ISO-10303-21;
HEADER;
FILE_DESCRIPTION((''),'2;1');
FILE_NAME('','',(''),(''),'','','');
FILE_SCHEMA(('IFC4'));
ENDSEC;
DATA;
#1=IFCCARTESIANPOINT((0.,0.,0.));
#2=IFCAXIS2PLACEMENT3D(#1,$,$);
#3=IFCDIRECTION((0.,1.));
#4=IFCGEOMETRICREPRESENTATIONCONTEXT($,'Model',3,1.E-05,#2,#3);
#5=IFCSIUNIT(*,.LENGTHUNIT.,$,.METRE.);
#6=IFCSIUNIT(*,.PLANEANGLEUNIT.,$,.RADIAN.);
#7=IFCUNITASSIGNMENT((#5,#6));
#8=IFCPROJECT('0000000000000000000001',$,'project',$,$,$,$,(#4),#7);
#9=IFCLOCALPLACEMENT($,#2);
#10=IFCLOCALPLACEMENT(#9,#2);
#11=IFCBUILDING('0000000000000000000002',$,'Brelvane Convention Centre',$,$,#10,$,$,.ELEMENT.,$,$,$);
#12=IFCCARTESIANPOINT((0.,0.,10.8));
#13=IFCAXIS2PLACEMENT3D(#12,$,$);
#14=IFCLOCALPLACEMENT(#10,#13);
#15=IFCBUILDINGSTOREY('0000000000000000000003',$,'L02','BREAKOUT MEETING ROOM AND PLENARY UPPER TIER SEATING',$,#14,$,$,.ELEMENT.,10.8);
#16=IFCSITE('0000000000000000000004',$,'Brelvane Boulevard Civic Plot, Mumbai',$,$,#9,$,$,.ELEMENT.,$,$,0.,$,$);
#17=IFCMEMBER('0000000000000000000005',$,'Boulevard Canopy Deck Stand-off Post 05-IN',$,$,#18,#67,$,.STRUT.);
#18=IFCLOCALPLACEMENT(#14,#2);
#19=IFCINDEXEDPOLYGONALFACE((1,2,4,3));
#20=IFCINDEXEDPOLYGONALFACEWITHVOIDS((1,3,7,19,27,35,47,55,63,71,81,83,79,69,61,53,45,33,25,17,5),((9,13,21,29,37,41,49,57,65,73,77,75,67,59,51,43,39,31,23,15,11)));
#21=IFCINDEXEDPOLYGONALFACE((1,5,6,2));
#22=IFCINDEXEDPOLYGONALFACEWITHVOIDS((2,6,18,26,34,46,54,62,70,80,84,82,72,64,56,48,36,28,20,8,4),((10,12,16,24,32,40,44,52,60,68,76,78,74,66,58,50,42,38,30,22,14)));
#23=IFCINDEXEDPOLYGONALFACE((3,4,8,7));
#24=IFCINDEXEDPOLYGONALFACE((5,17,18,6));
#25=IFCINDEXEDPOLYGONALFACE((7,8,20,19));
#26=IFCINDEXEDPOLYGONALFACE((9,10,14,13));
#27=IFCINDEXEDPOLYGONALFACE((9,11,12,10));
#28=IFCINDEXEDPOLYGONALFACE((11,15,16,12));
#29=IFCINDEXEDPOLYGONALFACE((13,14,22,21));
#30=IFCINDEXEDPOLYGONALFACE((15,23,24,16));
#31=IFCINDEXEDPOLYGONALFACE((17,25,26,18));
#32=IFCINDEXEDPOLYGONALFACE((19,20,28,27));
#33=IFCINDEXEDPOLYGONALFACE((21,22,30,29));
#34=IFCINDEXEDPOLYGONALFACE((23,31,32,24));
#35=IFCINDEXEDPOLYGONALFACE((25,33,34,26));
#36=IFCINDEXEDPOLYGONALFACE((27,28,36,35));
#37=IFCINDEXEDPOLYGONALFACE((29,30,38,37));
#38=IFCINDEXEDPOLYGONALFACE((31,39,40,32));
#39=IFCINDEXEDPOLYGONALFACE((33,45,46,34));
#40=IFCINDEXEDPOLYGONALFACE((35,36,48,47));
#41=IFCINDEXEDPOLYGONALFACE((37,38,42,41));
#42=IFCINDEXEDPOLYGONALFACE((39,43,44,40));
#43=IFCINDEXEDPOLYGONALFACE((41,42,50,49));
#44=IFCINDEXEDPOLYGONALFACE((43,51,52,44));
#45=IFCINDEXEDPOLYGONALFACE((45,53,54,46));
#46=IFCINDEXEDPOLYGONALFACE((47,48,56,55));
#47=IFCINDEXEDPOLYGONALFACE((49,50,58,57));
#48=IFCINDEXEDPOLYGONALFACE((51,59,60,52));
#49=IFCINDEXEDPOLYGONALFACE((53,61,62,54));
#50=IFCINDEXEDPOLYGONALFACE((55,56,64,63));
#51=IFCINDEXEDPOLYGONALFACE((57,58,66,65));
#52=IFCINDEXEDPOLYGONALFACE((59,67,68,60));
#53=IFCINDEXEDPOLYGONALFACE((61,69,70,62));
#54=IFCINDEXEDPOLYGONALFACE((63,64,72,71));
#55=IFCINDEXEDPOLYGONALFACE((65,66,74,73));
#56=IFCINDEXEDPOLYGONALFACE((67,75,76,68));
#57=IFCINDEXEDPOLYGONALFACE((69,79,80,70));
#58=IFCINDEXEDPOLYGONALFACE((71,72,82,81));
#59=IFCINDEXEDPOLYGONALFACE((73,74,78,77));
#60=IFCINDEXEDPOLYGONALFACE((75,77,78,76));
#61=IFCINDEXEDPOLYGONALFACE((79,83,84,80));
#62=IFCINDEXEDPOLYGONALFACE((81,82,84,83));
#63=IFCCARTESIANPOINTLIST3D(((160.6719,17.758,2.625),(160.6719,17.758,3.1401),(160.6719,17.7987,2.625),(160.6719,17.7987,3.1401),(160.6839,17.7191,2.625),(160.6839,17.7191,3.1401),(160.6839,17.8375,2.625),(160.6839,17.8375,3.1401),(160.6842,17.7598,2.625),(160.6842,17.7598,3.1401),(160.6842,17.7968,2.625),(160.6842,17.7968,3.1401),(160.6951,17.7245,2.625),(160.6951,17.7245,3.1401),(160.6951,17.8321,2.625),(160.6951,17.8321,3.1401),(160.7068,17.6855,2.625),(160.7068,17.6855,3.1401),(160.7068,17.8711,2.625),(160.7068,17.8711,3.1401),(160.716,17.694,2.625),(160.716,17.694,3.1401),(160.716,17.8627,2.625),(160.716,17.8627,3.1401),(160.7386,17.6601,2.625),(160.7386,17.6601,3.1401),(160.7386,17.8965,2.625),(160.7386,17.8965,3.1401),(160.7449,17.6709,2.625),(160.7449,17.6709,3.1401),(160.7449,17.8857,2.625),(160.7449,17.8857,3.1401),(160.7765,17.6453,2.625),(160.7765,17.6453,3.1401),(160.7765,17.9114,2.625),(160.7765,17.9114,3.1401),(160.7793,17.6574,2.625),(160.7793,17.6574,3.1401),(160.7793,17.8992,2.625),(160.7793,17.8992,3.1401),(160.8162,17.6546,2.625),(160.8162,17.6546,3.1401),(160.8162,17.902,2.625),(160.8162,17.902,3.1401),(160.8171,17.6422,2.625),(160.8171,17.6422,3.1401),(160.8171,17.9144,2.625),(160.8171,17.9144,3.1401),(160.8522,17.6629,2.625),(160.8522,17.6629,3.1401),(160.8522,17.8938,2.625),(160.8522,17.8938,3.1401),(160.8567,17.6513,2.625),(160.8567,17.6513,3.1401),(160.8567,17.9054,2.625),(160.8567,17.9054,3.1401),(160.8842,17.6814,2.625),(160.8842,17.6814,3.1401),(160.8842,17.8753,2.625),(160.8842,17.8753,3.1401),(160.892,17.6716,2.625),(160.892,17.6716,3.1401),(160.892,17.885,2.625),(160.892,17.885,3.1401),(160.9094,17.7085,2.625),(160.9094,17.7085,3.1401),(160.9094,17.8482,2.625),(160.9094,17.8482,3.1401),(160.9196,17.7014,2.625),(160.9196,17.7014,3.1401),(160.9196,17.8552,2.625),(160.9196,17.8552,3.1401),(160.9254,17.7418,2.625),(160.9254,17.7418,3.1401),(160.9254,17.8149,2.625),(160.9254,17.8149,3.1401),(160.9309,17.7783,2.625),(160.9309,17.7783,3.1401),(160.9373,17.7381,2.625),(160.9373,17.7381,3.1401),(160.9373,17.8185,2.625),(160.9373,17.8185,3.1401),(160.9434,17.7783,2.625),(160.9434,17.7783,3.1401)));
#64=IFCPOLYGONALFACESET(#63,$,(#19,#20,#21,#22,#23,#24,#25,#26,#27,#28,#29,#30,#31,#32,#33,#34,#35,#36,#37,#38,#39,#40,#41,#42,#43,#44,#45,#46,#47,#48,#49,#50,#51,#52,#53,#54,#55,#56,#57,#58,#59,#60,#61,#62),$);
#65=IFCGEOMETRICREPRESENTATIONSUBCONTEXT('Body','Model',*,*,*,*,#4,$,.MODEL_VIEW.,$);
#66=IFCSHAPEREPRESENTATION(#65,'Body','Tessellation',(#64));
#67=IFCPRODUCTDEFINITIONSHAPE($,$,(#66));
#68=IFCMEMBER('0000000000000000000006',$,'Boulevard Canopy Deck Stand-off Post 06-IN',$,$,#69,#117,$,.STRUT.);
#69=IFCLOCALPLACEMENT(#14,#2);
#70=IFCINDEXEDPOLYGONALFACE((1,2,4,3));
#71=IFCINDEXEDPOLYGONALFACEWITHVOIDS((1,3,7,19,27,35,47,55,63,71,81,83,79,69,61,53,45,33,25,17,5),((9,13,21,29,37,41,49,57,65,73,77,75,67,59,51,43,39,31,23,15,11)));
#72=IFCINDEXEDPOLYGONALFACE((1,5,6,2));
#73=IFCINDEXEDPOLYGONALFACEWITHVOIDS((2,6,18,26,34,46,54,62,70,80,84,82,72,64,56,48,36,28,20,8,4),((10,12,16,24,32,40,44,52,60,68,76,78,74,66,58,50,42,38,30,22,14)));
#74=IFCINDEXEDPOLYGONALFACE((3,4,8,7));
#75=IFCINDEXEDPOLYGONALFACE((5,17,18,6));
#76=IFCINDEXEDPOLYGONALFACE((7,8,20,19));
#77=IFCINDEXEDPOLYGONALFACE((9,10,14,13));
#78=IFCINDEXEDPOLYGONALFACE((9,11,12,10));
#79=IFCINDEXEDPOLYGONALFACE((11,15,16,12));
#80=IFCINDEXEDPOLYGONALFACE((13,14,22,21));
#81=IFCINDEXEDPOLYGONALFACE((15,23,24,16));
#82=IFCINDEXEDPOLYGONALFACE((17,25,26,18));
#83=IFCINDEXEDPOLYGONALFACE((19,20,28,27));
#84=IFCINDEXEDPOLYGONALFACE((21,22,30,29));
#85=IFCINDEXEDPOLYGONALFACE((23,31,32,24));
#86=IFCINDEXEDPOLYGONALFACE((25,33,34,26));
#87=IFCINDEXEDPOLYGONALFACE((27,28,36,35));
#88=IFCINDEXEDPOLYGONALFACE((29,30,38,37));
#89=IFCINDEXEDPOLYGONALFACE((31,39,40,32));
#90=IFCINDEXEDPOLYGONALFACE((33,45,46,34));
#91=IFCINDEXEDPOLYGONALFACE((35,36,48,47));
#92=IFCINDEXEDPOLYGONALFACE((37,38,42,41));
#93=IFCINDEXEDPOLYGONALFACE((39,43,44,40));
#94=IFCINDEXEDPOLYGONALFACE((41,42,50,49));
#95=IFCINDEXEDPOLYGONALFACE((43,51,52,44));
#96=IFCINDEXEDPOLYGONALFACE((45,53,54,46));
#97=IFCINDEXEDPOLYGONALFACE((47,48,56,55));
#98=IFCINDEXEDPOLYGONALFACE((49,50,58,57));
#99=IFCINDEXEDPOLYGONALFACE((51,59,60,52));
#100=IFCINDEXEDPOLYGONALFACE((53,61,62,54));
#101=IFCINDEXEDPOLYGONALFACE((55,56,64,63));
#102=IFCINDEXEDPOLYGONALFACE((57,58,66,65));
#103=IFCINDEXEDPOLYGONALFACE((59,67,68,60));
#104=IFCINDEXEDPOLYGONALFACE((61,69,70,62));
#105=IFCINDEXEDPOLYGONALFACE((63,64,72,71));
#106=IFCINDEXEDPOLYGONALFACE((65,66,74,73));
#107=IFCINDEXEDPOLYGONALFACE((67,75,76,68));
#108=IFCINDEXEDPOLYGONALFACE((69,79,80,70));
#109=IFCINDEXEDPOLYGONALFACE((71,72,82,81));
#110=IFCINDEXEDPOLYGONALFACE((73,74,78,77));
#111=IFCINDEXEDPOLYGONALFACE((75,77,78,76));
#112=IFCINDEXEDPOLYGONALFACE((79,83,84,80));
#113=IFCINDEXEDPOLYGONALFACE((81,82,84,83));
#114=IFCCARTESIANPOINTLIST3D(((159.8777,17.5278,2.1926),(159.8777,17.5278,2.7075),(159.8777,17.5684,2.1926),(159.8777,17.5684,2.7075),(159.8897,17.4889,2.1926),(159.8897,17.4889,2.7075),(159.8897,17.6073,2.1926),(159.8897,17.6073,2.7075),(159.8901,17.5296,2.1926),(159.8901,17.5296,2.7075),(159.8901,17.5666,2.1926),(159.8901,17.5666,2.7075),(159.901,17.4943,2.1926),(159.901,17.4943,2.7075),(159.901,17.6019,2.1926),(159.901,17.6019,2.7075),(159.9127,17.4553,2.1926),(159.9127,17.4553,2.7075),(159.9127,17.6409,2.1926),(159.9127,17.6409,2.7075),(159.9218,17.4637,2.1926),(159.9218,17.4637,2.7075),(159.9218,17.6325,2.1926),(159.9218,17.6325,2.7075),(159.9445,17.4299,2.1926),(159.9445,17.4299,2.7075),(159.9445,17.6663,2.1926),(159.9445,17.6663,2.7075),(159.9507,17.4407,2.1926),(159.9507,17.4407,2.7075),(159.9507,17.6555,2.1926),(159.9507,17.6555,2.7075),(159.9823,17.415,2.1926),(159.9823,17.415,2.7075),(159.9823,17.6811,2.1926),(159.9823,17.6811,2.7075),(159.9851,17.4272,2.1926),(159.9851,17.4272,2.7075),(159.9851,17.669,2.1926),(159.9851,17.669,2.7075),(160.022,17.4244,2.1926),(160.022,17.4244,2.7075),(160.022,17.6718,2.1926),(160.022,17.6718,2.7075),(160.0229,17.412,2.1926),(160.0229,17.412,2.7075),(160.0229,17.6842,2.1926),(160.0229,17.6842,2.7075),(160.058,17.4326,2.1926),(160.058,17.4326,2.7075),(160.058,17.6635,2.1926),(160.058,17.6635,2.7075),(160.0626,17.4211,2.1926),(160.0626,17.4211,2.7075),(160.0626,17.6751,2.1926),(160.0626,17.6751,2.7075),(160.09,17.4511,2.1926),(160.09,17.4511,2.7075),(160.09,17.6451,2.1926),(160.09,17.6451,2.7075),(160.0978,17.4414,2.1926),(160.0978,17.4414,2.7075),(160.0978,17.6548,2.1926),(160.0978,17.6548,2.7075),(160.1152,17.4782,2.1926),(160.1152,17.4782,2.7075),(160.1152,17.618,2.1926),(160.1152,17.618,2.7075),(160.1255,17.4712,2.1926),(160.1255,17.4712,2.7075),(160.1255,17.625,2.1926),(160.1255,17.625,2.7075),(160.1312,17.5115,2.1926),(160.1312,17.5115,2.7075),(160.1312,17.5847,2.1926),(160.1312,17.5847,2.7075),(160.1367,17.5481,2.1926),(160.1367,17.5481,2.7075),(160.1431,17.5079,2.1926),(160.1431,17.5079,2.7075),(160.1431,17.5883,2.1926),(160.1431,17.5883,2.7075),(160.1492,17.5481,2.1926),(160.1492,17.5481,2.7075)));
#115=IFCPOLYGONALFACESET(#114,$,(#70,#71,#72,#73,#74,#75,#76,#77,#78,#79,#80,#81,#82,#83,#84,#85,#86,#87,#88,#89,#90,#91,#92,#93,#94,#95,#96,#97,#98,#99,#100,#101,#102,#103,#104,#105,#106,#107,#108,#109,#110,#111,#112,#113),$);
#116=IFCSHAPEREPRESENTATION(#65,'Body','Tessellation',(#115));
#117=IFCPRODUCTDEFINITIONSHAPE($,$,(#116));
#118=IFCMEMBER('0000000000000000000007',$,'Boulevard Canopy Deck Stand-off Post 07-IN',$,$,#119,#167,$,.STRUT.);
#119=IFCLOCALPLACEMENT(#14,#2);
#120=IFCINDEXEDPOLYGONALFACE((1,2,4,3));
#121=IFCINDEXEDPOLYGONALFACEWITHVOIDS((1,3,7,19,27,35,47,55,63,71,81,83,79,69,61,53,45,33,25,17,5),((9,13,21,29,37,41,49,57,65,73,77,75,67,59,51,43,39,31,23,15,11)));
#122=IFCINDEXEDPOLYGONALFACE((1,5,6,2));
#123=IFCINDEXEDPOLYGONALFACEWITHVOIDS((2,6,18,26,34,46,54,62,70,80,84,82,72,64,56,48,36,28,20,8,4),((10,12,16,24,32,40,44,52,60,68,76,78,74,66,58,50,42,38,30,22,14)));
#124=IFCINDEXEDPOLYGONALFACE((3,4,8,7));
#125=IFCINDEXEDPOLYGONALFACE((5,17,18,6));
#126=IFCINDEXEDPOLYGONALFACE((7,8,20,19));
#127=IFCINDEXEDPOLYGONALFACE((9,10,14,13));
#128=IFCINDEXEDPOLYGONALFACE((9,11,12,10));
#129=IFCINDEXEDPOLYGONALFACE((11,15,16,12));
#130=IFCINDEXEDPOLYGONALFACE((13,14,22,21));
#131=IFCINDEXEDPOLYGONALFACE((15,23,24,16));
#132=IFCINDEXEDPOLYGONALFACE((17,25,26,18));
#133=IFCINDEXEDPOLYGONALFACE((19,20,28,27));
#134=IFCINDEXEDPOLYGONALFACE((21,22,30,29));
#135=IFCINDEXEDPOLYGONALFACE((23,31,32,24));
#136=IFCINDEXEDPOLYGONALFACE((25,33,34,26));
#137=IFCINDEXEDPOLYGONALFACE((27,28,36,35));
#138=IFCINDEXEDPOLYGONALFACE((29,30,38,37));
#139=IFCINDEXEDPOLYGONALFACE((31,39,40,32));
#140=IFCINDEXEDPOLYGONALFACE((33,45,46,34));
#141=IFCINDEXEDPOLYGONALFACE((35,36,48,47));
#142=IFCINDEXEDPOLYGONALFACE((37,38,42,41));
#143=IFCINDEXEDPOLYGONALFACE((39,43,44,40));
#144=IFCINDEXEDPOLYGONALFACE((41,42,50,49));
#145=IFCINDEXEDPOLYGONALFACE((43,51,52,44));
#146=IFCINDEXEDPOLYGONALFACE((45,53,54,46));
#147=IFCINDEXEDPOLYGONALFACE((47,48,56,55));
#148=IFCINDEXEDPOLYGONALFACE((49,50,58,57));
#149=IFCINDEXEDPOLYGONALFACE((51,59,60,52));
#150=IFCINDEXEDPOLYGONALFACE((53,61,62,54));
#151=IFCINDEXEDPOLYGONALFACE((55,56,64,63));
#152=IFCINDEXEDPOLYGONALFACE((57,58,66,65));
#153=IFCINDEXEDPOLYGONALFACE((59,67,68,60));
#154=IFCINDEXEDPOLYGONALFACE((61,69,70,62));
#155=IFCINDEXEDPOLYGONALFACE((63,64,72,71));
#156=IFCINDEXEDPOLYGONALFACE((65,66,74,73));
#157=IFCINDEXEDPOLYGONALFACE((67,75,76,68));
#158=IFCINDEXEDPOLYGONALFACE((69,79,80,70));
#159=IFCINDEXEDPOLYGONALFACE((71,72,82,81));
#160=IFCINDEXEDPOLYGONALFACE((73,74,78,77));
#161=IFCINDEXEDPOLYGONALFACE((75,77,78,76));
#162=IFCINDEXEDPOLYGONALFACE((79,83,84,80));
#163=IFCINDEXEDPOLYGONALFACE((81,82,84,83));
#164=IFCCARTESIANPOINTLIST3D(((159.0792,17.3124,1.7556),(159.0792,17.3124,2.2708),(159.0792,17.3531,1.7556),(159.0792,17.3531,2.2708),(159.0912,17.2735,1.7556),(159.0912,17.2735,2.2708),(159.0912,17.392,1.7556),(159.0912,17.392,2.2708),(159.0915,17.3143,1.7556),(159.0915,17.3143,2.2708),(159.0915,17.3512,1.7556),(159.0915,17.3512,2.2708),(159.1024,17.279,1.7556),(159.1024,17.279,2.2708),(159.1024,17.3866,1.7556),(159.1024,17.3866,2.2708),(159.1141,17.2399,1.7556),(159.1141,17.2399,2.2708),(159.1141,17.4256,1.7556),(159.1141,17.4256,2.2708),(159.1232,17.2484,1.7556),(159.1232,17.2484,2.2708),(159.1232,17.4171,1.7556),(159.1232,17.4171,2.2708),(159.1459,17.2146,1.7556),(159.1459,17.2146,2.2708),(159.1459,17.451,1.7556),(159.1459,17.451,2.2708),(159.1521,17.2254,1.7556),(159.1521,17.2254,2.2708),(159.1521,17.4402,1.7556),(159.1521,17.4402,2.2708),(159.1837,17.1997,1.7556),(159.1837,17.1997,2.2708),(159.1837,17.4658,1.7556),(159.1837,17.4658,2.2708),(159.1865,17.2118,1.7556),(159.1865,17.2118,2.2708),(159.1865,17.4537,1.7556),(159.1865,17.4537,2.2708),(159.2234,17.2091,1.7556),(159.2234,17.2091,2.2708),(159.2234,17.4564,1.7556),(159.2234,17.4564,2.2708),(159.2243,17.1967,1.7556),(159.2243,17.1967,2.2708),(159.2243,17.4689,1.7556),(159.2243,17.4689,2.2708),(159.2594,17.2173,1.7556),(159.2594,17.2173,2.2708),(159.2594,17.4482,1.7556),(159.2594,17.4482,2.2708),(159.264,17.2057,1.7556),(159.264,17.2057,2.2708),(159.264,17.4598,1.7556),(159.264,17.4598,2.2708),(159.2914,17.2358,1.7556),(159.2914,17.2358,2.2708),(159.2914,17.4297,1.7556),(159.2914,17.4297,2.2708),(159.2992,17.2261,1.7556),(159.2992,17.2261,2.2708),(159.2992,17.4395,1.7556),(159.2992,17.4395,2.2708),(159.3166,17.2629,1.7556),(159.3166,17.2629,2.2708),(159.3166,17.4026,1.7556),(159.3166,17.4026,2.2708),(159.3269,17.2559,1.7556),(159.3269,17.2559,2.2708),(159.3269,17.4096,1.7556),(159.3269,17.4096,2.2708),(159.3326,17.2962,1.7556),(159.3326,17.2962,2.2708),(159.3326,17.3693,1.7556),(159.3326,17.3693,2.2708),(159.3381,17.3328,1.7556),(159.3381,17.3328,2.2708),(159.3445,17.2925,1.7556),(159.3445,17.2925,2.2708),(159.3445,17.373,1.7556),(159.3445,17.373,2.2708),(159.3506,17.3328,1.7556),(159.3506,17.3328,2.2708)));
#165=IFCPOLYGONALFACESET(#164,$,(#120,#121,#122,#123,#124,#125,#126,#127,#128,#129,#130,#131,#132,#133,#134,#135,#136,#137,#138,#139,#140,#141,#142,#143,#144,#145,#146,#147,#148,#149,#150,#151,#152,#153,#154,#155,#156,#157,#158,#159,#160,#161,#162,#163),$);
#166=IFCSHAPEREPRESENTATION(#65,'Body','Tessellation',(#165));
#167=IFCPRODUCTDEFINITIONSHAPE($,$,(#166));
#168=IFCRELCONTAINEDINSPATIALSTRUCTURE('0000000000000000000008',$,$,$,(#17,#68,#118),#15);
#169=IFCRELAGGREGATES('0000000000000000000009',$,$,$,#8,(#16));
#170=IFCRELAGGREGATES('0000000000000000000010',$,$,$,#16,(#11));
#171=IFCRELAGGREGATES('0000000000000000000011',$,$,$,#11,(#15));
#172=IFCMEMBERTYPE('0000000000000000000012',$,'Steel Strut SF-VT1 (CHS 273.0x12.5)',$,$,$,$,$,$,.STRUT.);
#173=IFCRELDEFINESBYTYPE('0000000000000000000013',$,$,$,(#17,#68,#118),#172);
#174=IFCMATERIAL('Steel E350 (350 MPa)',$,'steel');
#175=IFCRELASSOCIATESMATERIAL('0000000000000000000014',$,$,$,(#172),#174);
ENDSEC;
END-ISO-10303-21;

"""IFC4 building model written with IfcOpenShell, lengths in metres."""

from ifc_helpers import new_model, si_unit, direction, frame, origin, origin_2d, place, context, subcontext, project, spatial, hollow_circle, extrude, material, material_profile, profile_set, type_object, element, save


model = new_model("IFC4")

# Units and contexts
model_context = context("Model", 3, precision=1e-05, world=origin(), true_north=direction((0.0, 1.0)))
body_context = subcontext(model_context, "Body", "Model", "MODEL_VIEW")
ifc_project = project(units=[si_unit("LENGTHUNIT", "METRE"), si_unit("PLANEANGLEUNIT", "RADIAN")], contexts=[model_context])

# Site, building, storey
site_placement = place(None, origin())
site = spatial("IfcSite", under=ifc_project, at=site_placement, Name="Brelvane Boulevard Civic Plot, Mumbai", CompositionType="ELEMENT", RefElevation=0.0)
building_placement = place(site_placement, origin())
building = spatial("IfcBuilding", under=site, at=building_placement, Name="Brelvane Convention Centre", CompositionType="ELEMENT")
storey_placement = place(building_placement, frame((0.0, 0.0, 10.8)))
storey = spatial("IfcBuildingStorey", under=building, at=storey_placement, Name="L02", Description="BREAKOUT MEETING ROOM AND PLENARY UPPER TIER SEATING", CompositionType="ELEMENT", Elevation=10.8)

# Members
ifc_material_1 = material(Name="Steel E350 (350 MPa)", Category="steel")
ifc_material_profile_1 = material_profile(ifc_material_1, hollow_circle(Radius=0.1365, WallThickness=0.0125, at=origin_2d()), Name="CHS 273.0x12.5")
ifc_profile_set_1 = profile_set([ifc_material_profile_1], Name="Steel E350 (350 MPa)")
member_type_1 = type_object("IfcMemberType", Name="Steel Strut SF-VT1 (CHS 273.0x12.5)", PredefinedType="STRUT", material=ifc_profile_set_1)
for number, where, z_axis, x_axis, name in (
    (1, (160.8069, 17.7783, 2.625), (0.0, 0.0, 1.0), (1.0, 0.0, 0.0), "Boulevard Canopy Deck Stand-off Post 05-IN"),
):
    element("IfcMember", number, at=place(storey_placement, frame(where, z_axis=z_axis, x_axis=x_axis)), inside=storey, type_object=member_type_1, Name=name, PredefinedType="STRUT", context=body_context, shape_type="SweptSolid", body=[
        extrude(hollow_circle(Radius=0.1365, WallThickness=0.0125, at=origin_2d()), origin(), (0.0, 0.0, 1.0), 0.5151),
    ])
member_1_placement = place(storey_placement, frame((160.0127, 17.5481, 2.1926), z_axis=(0.0, 0.0, 1.0), x_axis=(1.0, 0.0, 0.0)))
element("IfcMember", 2, at=member_1_placement, inside=storey, type_object=member_type_1, Name="Boulevard Canopy Deck Stand-off Post 06-IN", PredefinedType="STRUT", context=body_context, shape_type="SweptSolid", body=[
    extrude(hollow_circle(Radius=0.1365, WallThickness=0.0125, at=origin_2d()), origin(), (0.0, 0.0, 1.0), 0.5149),
])
member_2_placement = place(storey_placement, frame((159.2141, 17.3328, 1.7556), z_axis=(0.0, 0.0, 1.0), x_axis=(1.0, 0.0, 0.0)))
element("IfcMember", 3, at=member_2_placement, inside=storey, type_object=member_type_1, Name="Boulevard Canopy Deck Stand-off Post 07-IN", PredefinedType="STRUT", context=body_context, shape_type="SweptSolid", body=[
    extrude(hollow_circle(Radius=0.1365, WallThickness=0.0125, at=origin_2d()), origin(), (0.0, 0.0, 1.0), 0.5151),
])

save(model, "model.ifc")
